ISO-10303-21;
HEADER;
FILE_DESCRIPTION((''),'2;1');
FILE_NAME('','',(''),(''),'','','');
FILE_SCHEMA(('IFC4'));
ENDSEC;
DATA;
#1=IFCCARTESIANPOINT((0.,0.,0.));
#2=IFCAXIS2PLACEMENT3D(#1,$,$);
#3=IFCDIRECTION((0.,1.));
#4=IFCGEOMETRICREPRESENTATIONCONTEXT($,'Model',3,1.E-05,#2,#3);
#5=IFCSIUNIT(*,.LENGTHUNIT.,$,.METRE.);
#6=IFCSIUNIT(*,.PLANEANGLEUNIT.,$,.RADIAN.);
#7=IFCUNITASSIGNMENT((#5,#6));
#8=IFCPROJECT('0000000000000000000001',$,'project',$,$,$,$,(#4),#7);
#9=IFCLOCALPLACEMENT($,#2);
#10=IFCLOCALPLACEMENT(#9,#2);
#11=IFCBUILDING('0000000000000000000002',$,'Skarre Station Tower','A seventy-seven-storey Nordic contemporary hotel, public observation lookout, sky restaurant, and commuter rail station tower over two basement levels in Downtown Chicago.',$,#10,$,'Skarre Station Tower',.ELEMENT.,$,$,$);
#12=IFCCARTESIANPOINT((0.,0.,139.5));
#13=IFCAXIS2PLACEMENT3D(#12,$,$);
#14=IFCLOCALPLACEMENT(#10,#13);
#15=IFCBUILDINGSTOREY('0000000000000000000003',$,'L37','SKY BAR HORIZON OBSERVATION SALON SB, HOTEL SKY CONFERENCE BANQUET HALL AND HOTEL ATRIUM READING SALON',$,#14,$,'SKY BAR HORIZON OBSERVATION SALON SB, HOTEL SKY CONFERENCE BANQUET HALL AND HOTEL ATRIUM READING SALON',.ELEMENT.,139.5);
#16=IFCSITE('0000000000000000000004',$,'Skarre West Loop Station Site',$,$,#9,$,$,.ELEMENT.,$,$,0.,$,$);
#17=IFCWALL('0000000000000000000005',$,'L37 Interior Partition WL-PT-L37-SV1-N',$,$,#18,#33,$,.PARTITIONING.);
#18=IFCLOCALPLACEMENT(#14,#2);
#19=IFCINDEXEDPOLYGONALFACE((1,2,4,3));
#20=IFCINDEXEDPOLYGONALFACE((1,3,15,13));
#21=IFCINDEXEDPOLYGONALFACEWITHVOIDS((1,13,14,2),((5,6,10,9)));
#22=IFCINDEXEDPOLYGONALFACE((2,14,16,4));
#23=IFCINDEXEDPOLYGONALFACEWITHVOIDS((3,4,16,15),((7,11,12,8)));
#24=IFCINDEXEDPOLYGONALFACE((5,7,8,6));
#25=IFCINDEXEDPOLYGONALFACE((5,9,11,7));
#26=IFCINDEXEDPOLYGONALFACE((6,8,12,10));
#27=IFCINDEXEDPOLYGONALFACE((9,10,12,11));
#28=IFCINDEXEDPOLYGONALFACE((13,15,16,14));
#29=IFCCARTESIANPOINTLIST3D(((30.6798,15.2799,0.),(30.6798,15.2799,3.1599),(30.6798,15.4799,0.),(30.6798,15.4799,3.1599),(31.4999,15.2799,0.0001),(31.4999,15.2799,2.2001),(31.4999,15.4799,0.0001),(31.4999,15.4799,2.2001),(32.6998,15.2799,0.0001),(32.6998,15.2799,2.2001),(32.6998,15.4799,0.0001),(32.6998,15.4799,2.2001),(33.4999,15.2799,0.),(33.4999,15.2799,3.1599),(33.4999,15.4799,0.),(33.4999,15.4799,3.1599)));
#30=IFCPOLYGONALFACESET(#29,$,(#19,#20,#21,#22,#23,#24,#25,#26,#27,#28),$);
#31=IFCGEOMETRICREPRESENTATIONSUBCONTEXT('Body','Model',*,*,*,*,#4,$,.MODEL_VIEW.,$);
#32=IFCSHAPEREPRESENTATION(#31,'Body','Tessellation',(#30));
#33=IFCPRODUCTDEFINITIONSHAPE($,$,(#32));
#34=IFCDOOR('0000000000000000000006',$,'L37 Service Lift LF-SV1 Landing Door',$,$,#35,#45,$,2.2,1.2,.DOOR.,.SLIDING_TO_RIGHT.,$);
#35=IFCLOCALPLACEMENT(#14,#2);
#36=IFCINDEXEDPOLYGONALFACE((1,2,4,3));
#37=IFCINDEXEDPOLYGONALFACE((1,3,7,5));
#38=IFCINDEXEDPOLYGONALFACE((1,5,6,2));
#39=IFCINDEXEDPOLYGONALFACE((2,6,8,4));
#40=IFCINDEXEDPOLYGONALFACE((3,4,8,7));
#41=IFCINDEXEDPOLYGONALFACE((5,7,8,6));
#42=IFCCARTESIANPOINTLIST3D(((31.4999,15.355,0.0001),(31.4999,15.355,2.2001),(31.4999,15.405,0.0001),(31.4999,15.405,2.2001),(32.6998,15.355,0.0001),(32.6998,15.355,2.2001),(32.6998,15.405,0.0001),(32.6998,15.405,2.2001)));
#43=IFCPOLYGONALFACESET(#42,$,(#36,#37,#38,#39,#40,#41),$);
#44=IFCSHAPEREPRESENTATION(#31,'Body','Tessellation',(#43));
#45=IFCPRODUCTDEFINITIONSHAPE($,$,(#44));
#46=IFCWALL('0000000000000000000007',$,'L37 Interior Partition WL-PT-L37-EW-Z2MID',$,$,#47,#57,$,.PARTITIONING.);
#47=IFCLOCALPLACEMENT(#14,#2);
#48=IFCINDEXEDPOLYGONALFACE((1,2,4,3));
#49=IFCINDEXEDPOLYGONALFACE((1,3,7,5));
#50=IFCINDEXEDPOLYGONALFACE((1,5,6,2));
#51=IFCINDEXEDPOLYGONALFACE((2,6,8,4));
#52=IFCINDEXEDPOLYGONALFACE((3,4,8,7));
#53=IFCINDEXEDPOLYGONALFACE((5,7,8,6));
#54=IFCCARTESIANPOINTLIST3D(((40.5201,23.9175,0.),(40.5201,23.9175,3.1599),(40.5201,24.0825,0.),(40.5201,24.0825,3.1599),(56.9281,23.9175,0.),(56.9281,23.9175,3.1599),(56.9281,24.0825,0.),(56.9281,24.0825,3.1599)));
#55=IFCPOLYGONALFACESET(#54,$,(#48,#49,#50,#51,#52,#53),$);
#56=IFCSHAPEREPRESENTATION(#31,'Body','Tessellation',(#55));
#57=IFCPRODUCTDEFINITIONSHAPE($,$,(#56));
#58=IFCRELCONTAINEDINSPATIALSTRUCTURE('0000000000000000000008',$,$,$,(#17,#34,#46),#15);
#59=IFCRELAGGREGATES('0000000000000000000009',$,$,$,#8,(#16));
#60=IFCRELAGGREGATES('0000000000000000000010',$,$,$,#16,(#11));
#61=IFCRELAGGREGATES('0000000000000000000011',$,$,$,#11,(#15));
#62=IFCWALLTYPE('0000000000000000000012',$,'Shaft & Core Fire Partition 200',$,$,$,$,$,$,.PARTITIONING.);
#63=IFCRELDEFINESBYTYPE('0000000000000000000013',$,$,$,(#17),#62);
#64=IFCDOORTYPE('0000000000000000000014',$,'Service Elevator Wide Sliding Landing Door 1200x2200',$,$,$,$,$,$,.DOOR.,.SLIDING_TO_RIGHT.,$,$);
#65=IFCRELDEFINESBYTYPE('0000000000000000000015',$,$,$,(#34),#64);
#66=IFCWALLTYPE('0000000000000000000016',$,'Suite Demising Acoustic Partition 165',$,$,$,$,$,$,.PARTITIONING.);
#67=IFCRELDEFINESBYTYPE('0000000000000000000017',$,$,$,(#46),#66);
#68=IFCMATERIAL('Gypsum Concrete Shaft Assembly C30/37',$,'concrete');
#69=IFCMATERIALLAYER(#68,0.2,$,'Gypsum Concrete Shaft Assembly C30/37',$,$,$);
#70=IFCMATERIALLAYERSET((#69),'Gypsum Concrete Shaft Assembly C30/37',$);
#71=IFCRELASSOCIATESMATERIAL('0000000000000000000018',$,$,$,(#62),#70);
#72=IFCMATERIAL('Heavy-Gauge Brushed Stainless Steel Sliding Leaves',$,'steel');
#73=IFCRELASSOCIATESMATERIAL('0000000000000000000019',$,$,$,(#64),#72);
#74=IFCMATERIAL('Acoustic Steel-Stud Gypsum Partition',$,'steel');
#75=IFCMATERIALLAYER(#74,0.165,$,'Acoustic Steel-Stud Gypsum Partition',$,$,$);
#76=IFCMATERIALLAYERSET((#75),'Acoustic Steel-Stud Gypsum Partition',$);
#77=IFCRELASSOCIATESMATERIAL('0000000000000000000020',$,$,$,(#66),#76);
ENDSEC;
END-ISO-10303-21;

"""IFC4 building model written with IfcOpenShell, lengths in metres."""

from ifc_helpers import new_model, si_unit, direction, frame, frame_2d, origin, place, context, subcontext, project, spatial, rectangle, extrude, material, layer, layer_set, type_object, element, fill, save


model = new_model("IFC4")

# Units and contexts
model_context = context("Model", 3, precision=1e-05, world=origin(), true_north=direction((0.0, 1.0)))
body_context = subcontext(model_context, "Body", "Model", "MODEL_VIEW")
ifc_project = project(units=[si_unit("LENGTHUNIT", "METRE"), si_unit("PLANEANGLEUNIT", "RADIAN")], contexts=[model_context])

# Site, building, storey
site_placement = place(None, origin())
site = spatial("IfcSite", under=ifc_project, at=site_placement, Name="Skarre West Loop Station Site", CompositionType="ELEMENT", RefElevation=0.0)
building_placement = place(site_placement, origin())
building = spatial("IfcBuilding", under=site, at=building_placement, Name="Skarre Station Tower", Description="A seventy-seven-storey Nordic contemporary hotel, public observation lookout, sky restaurant, and commuter rail station tower over two basement levels in Downtown Chicago.", LongName="Skarre Station Tower", CompositionType="ELEMENT")
storey_placement = place(building_placement, frame((0.0, 0.0, 139.5)))
storey = spatial("IfcBuildingStorey", under=building, at=storey_placement, Name="L37", Description="SKY BAR HORIZON OBSERVATION SALON SB, HOTEL SKY CONFERENCE BANQUET HALL AND HOTEL ATRIUM READING SALON", LongName="SKY BAR HORIZON OBSERVATION SALON SB, HOTEL SKY CONFERENCE BANQUET HALL AND HOTEL ATRIUM READING SALON", CompositionType="ELEMENT", Elevation=139.5)

# Shared definitions
ifc_material_1 = material(Name="Acoustic Steel-Stud Gypsum Partition", Category="steel")

# Wall, opening, door
ifc_material_2 = material(Name="Gypsum Concrete Shaft Assembly C30/37", Category="concrete")
ifc_layer_1 = layer(ifc_material_2, 0.2, Name="Gypsum Concrete Shaft Assembly C30/37")
ifc_layer_set_1 = layer_set([ifc_layer_1], Name="Gypsum Concrete Shaft Assembly C30/37")
wall_type_1 = type_object("IfcWallType", Name="Shaft & Core Fire Partition 200", PredefinedType="PARTITIONING", material=ifc_layer_set_1)
wall_1_placement = place(storey_placement, frame((33.5, 15.3799, 0.0), z_axis=(0.0, 0.0, 1.0), x_axis=(-1.0, 0.0, 0.0)))
wall_1 = element("IfcWall", 1, at=wall_1_placement, inside=storey, type_object=wall_type_1, Name="L37 Interior Partition WL-PT-L37-SV1-N", PredefinedType="PARTITIONING", context=body_context, shape_type="SweptSolid", body=[
    extrude(rectangle(XDim=2.8201, YDim=0.2, at=frame_2d((1.4102, 0.0))), origin(), (0.0, 0.0, 1.0), 3.1599),
])
opening_1_placement = place(wall_1_placement, frame((0.8, 0.0, 0.0)))
opening_1 = element("IfcOpeningElement", 2, at=opening_1_placement, cuts=wall_1, PredefinedType="OPENING", context=body_context, shape_type="SweptSolid", body=[
    extrude(rectangle(XDim=1.2, YDim=2.2, at=frame_2d((0.6001, 1.1001))), frame((0.0, 0.1099, 0.0), z_axis=(0.0, -1.0, 0.0), x_axis=(1.0, 0.0, 0.0)), (0.0, 0.0, 1.0), 0.22),
])
ifc_material_3 = material(Name="Heavy-Gauge Brushed Stainless Steel Sliding Leaves", Category="steel")
door_type_1 = type_object("IfcDoorType", Name="Service Elevator Wide Sliding Landing Door 1200x2200", OperationType="SLIDING_TO_RIGHT", PredefinedType="DOOR", material=ifc_material_3)
door_1_placement = place(opening_1_placement, origin())
door_1 = element("IfcDoor", 3, at=door_1_placement, inside=storey, type_object=door_type_1, Name="L37 Service Lift LF-SV1 Landing Door", OperationType="SLIDING_TO_RIGHT", OverallHeight=2.2, OverallWidth=1.2, PredefinedType="DOOR", context=body_context, shape_type="SweptSolid", body=[
    extrude(rectangle(XDim=1.2, YDim=2.2, at=frame_2d((0.6001, 1.1001))), frame((0.0, 0.0249, 0.0), z_axis=(0.0, -1.0, 0.0), x_axis=(1.0, 0.0, 0.0)), (0.0, 0.0, 1.0), 0.05),
])
fill(opening_1, door_1)

# Wall
ifc_layer_2 = layer(ifc_material_1, 0.165, Name="Acoustic Steel-Stud Gypsum Partition")
ifc_layer_set_2 = layer_set([ifc_layer_2], Name="Acoustic Steel-Stud Gypsum Partition")
wall_type_2 = type_object("IfcWallType", Name="Suite Demising Acoustic Partition 165", PredefinedType="PARTITIONING", material=ifc_layer_set_2)
wall_2_placement = place(storey_placement, frame((40.52, 24.0, 0.0), z_axis=(0.0, 0.0, 1.0), x_axis=(1.0, 0.0, 0.0)))
element("IfcWall", 4, at=wall_2_placement, inside=storey, type_object=wall_type_2, Name="L37 Interior Partition WL-PT-L37-EW-Z2MID", PredefinedType="PARTITIONING", context=body_context, shape_type="SweptSolid", body=[
    extrude(rectangle(XDim=16.408, YDim=0.165, at=frame_2d((8.2041, 0.0))), origin(), (0.0, 0.0, 1.0), 3.1599),
])

save(model, "model.ifc")
